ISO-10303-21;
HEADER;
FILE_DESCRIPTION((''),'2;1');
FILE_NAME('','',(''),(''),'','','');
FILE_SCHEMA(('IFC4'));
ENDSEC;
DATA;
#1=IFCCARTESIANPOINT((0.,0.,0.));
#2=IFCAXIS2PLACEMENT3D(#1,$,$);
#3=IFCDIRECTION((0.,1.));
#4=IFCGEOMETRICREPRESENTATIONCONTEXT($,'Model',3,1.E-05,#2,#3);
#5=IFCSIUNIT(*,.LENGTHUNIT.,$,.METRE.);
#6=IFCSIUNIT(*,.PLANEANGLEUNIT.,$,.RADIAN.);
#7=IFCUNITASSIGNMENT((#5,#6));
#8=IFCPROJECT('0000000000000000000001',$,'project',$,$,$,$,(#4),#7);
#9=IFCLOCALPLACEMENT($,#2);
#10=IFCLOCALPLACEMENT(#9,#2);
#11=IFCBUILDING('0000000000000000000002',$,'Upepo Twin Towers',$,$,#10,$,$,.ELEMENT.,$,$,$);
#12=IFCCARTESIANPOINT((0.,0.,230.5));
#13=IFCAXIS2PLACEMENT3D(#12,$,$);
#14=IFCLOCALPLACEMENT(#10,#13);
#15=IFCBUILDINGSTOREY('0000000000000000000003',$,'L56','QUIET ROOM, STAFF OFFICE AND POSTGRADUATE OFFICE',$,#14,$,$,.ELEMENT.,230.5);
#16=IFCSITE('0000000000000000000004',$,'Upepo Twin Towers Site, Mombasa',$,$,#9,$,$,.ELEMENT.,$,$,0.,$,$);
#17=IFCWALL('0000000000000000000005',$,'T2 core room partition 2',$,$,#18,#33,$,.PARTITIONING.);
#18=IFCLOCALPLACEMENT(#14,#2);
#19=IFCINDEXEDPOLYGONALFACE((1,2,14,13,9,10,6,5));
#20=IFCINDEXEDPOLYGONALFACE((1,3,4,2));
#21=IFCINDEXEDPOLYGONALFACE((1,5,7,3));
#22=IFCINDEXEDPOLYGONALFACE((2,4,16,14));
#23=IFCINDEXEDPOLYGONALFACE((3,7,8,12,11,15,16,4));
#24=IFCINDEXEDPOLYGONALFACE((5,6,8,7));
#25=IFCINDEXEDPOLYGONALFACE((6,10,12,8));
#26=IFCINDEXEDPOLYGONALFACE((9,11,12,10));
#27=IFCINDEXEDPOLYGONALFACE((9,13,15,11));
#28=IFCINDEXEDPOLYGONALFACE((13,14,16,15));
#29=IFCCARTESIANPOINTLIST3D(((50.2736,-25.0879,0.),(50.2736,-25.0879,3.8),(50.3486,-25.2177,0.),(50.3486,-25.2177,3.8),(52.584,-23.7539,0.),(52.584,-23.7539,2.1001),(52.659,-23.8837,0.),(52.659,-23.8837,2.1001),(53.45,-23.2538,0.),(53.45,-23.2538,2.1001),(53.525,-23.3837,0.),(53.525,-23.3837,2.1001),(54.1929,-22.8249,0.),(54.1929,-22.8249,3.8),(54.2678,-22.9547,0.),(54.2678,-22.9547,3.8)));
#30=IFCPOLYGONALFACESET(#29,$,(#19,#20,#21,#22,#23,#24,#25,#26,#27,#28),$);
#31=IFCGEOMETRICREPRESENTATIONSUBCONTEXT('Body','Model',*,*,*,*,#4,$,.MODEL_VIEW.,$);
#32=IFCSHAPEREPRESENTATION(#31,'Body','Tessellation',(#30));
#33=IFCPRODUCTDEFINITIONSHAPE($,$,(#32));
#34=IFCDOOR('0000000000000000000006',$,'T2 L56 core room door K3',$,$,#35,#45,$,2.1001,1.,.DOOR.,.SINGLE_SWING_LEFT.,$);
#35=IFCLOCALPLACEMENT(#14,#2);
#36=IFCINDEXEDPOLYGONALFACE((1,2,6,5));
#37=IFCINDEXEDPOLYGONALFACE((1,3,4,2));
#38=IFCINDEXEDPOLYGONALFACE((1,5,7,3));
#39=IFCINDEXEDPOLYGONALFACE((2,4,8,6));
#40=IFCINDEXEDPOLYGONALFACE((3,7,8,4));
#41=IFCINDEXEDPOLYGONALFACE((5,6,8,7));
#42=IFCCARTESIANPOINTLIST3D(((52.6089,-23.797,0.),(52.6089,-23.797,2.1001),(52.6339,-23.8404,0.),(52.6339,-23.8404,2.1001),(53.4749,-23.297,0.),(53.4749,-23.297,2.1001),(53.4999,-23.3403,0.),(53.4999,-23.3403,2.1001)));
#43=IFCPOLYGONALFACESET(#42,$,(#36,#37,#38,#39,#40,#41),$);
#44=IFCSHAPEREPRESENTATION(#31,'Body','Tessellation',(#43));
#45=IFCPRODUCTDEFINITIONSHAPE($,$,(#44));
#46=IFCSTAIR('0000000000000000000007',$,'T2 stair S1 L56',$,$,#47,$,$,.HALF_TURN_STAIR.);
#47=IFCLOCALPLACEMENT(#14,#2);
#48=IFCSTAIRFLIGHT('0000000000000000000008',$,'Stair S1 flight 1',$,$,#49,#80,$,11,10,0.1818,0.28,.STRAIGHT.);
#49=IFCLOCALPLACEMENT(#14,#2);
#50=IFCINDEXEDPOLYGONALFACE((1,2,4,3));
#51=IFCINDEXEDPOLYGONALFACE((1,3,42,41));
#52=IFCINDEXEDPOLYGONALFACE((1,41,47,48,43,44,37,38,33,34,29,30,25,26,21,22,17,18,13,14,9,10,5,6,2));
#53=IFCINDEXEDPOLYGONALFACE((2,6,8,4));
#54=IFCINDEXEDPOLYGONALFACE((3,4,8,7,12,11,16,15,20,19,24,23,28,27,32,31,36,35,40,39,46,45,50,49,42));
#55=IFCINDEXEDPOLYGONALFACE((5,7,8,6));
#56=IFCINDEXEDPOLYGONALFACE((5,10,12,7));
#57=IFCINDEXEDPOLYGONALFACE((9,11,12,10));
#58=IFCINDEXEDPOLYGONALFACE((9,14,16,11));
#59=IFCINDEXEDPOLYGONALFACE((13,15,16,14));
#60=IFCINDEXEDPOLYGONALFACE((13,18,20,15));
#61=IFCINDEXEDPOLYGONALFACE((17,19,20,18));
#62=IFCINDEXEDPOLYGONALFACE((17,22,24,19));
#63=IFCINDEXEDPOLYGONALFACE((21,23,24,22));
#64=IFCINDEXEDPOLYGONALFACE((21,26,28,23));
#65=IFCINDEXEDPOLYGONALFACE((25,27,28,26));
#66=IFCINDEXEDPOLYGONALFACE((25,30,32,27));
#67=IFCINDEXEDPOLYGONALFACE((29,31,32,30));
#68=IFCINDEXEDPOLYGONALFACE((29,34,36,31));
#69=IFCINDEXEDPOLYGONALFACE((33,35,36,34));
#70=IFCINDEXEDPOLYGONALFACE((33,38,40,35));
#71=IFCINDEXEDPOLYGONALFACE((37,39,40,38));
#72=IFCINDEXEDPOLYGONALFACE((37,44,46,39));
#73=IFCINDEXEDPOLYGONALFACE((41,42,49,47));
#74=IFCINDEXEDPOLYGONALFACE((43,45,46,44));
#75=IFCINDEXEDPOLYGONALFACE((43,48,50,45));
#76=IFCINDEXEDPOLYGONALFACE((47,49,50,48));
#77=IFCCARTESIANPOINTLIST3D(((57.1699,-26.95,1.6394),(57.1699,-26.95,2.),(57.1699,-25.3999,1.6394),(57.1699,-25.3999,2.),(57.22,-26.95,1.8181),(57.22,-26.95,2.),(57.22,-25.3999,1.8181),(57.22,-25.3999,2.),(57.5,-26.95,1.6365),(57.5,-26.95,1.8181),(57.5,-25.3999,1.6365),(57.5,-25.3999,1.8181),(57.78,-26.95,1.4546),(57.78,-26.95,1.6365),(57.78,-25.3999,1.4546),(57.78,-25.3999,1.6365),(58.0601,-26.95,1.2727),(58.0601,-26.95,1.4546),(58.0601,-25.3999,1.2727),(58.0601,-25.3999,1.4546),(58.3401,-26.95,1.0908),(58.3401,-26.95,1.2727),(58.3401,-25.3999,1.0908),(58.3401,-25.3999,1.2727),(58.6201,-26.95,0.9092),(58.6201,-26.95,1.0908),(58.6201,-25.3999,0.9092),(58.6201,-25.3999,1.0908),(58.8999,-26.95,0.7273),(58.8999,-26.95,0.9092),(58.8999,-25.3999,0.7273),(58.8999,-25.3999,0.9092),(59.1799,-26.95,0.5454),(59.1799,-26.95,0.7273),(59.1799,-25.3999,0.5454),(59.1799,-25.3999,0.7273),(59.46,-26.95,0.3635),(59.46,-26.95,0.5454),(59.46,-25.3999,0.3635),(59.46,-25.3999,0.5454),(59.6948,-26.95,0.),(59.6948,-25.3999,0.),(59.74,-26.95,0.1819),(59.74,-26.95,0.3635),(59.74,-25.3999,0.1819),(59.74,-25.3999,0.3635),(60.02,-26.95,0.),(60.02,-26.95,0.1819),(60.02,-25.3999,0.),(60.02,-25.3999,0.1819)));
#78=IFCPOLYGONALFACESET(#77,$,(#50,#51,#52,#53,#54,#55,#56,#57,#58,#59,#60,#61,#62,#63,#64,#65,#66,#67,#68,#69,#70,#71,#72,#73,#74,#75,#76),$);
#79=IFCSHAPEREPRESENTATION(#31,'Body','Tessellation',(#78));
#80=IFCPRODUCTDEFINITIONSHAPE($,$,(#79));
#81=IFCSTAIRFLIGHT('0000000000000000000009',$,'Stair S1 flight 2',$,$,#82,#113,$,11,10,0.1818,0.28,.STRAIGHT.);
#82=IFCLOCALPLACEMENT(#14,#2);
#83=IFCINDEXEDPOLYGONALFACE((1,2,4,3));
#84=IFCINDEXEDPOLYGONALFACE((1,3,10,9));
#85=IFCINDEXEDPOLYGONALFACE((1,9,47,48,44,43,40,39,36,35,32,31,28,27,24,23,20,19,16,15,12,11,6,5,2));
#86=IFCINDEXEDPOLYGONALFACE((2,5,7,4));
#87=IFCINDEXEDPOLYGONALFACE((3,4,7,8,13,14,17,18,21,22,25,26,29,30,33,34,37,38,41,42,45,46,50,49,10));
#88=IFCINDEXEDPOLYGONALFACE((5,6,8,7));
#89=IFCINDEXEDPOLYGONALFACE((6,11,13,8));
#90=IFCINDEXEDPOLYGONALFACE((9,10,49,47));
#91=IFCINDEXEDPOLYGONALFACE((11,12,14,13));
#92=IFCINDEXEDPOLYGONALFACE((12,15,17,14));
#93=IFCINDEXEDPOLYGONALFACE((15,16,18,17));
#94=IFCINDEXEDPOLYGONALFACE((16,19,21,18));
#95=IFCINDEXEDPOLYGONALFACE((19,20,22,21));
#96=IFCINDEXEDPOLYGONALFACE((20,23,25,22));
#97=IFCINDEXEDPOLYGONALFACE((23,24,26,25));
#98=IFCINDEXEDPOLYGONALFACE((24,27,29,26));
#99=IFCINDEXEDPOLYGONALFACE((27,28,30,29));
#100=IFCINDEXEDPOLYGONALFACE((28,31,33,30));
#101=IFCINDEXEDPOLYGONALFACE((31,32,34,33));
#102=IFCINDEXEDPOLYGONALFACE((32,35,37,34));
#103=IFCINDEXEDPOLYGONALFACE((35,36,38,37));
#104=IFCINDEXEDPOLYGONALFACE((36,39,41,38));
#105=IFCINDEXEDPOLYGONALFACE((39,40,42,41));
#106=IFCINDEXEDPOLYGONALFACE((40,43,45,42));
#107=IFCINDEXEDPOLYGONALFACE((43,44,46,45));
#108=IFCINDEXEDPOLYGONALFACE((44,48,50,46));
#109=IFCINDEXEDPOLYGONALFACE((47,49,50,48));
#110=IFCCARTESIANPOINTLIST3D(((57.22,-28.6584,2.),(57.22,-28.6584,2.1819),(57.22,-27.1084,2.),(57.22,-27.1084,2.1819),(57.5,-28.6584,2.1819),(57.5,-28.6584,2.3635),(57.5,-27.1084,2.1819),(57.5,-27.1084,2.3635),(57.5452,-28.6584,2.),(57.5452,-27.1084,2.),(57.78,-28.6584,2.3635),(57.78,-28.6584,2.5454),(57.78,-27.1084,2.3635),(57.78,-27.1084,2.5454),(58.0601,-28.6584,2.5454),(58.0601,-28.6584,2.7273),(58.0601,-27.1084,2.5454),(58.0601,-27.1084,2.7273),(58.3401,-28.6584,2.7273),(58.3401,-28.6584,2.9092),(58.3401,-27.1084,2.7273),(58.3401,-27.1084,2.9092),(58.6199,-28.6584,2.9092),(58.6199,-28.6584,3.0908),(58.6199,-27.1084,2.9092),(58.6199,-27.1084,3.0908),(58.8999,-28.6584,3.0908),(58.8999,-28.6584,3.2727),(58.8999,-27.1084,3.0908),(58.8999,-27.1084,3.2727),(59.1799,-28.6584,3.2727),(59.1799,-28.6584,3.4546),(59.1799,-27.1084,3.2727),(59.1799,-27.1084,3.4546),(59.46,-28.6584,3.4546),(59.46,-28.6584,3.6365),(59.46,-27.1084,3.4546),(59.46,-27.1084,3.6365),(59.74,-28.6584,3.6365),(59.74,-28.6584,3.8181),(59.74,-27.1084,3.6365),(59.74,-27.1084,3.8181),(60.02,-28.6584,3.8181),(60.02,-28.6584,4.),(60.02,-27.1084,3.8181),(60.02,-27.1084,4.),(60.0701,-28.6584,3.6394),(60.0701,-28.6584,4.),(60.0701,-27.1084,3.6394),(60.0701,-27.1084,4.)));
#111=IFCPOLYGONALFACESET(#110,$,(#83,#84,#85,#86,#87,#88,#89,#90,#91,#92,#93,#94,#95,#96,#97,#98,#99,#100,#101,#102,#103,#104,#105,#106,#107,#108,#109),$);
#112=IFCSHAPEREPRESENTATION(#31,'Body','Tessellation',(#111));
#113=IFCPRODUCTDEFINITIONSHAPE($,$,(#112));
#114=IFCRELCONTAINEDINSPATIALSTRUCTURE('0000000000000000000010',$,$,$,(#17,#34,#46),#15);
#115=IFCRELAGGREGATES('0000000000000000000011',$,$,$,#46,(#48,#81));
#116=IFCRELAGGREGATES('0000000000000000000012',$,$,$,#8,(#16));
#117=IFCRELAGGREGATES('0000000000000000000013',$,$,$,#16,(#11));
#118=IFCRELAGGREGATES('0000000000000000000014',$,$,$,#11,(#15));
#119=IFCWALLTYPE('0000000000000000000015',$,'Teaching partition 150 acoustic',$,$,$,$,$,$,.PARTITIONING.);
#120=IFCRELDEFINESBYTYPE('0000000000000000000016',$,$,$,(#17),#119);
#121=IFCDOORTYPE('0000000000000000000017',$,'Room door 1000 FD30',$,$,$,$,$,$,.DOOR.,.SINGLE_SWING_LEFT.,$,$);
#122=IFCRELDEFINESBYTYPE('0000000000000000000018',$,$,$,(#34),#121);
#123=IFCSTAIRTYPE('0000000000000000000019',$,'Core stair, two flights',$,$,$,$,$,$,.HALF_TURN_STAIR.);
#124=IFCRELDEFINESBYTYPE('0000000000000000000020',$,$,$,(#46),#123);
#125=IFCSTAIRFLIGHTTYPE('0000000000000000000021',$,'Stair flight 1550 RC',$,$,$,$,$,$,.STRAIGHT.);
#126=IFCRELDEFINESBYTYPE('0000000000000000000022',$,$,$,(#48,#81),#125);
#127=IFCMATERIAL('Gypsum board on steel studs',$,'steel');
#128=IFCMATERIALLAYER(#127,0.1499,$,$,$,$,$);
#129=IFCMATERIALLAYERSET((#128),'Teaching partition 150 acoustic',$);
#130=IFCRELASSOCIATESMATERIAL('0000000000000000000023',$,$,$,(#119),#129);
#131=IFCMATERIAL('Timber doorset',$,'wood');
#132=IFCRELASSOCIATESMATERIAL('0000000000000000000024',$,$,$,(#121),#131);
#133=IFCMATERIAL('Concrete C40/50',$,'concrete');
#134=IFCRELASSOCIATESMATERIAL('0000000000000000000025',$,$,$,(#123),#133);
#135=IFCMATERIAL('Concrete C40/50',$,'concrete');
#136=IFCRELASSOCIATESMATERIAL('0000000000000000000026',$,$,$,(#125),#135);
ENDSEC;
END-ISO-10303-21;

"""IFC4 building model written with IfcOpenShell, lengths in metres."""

from ifc_helpers import new_model, si_unit, direction, frame, frame_2d, origin, place, context, subcontext, project, spatial, polyline, rectangle, outline, extrude, material, layer, layer_set, type_object, element, fill, aggregate, save


model = new_model("IFC4")

# Units and contexts
model_context = context("Model", 3, precision=1e-05, world=origin(), true_north=direction((0.0, 1.0)))
body_context = subcontext(model_context, "Body", "Model", "MODEL_VIEW")
ifc_project = project(units=[si_unit("LENGTHUNIT", "METRE"), si_unit("PLANEANGLEUNIT", "RADIAN")], contexts=[model_context])

# Site, building, storey
site_placement = place(None, origin())
site = spatial("IfcSite", under=ifc_project, at=site_placement, Name="Upepo Twin Towers Site, Mombasa", CompositionType="ELEMENT", RefElevation=0.0)
building_placement = place(site_placement, origin())
building = spatial("IfcBuilding", under=site, at=building_placement, Name="Upepo Twin Towers", CompositionType="ELEMENT")
storey_placement = place(building_placement, frame((0.0, 0.0, 230.5)))
storey = spatial("IfcBuildingStorey", under=building, at=storey_placement, Name="L56", Description="QUIET ROOM, STAFF OFFICE AND POSTGRADUATE OFFICE", CompositionType="ELEMENT", Elevation=230.5)

# Wall, opening, door
ifc_material_1 = material(Name="Gypsum board on steel studs", Category="steel")
ifc_layer_1 = layer(ifc_material_1, 0.1499)
ifc_layer_set_1 = layer_set([ifc_layer_1], Name="Teaching partition 150 acoustic")
wall_type_1 = type_object("IfcWallType", Name="Teaching partition 150 acoustic", PredefinedType="PARTITIONING", material=ifc_layer_set_1)
wall_1_placement = place(storey_placement, frame((54.2302, -22.8899, 0.0), z_axis=(0.0, 0.0, 1.0), x_axis=(-0.866007, -0.500032, 0.0)))
wall_1 = element("IfcWall", 1, at=wall_1_placement, inside=storey, type_object=wall_type_1, Name="T2 core room partition 2", PredefinedType="PARTITIONING", context=body_context, shape_type="SweptSolid", body=[
    extrude(rectangle(XDim=4.5256, YDim=0.1499, at=frame_2d((2.2627, 0.0))), origin(), (0.0, 0.0, 1.0), 3.8),
])
opening_1_placement = place(wall_1_placement, frame((0.8577, 0.0, 0.0)))
opening_1 = element("IfcOpeningElement", 2, at=opening_1_placement, cuts=wall_1, PredefinedType="OPENING", context=body_context, shape_type="SweptSolid", body=[
    extrude(rectangle(XDim=1.0, YDim=2.1001, at=frame_2d((0.5, 1.05))), frame((0.0, 0.085, 0.0), z_axis=(0.0, -1.0, 0.0), x_axis=(1.0, 0.0, 0.0)), (0.0, 0.0, 1.0), 0.1699),
])
ifc_material_2 = material(Name="Timber doorset", Category="wood")
door_type_1 = type_object("IfcDoorType", Name="Room door 1000 FD30", OperationType="SINGLE_SWING_LEFT", PredefinedType="DOOR", material=ifc_material_2)
door_1_placement = place(opening_1_placement, origin())
door_1 = element("IfcDoor", 3, at=door_1_placement, inside=storey, type_object=door_type_1, Name="T2 L56 core room door K3", OperationType="SINGLE_SWING_LEFT", OverallHeight=2.1001, OverallWidth=1.0, PredefinedType="DOOR", context=body_context, shape_type="SweptSolid", body=[
    extrude(rectangle(XDim=1.0, YDim=2.1001, at=frame_2d((0.5, 1.05))), frame((0.0, 0.0249, 0.0), z_axis=(0.0, -1.0, 0.0), x_axis=(1.0, 0.0, 0.0)), (0.0, 0.0, 1.0), 0.05),
])
fill(opening_1, door_1)

# Stair, stair flights
ifc_material_3 = material(Name="Concrete C40/50", Category="concrete")
stair_type = type_object("IfcStairType", Name="Core stair, two flights", PredefinedType="HALF_TURN_STAIR", material=ifc_material_3)
stair_placement = place(storey_placement, origin())
stair = element("IfcStair", 4, at=stair_placement, inside=storey, type_object=stair_type, Name="T2 stair S1 L56", PredefinedType="HALF_TURN_STAIR")
ifc_material_4 = material(Name="Concrete C40/50", Category="concrete")
stair_flight_type = type_object("IfcStairFlightType", Name="Stair flight 1550 RC", PredefinedType="STRAIGHT", material=ifc_material_4)
stair_flight_1_placement = place(storey_placement, frame((60.02, -26.175, 0.0), z_axis=(0.0, 0.0, 1.0), x_axis=(-1.0, 0.0, 0.0)))
stair_flight_1 = element("IfcStairFlight", 5, at=stair_flight_1_placement, type_object=stair_flight_type, Name="Stair S1 flight 1", NumberOfRisers=11, NumberOfTreads=10, PredefinedType="STRAIGHT", RiserHeight=0.1818, TreadLength=0.28, context=body_context, shape_type="SweptSolid", body=[
    extrude(outline(polyline([(0.0, 0.0), (0.0, 0.1819), (0.28, 0.1819), (0.28, 0.3635), (0.5601, 0.3635), (0.5601, 0.5454), (0.8401, 0.5454), (0.8401, 0.7273), (1.1201, 0.7273), (1.1201, 0.9092), (1.3999, 0.9092), (1.3999, 1.0908), (1.6799, 1.0908), (1.6799, 1.2727), (1.96, 1.2727), (1.96, 1.4546), (2.24, 1.4546), (2.24, 1.6365), (2.52, 1.6365), (2.52, 1.8181), (2.8, 1.8181), (2.8, 2.0), (2.8501, 2.0), (2.8501, 1.6394), (0.3252, 0.0), (0.0, 0.0)])), frame((0.0, 0.7749, 0.0), z_axis=(0.0, -1.0, 0.0), x_axis=(1.0, 0.0, 0.0)), (0.0, 0.0, 1.0), 1.55),
])
stair_flight_2_placement = place(storey_placement, frame((57.22, -27.8833, 2.0), z_axis=(0.0, 0.0, 1.0), x_axis=(1.0, 0.0, 0.0)))
stair_flight_2 = element("IfcStairFlight", 6, at=stair_flight_2_placement, type_object=stair_flight_type, Name="Stair S1 flight 2", NumberOfRisers=11, NumberOfTreads=10, PredefinedType="STRAIGHT", RiserHeight=0.1818, TreadLength=0.28, context=body_context, shape_type="SweptSolid", body=[
    extrude(outline(polyline([(0.0, 0.0), (0.0, 0.1819), (0.28, 0.1819), (0.28, 0.3635), (0.5601, 0.3635), (0.5601, 0.5454), (0.8401, 0.5454), (0.8401, 0.7273), (1.1201, 0.7273), (1.1201, 0.9092), (1.3999, 0.9092), (1.3999, 1.0908), (1.6799, 1.0908), (1.6799, 1.2727), (1.96, 1.2727), (1.96, 1.4546), (2.24, 1.4546), (2.24, 1.6365), (2.52, 1.6365), (2.52, 1.8181), (2.8, 1.8181), (2.8, 2.0), (2.8501, 2.0), (2.8501, 1.6394), (0.3252, 0.0), (0.0, 0.0)])), frame((0.0, 0.7749, 0.0), z_axis=(0.0, -1.0, 0.0), x_axis=(1.0, 0.0, 0.0)), (0.0, 0.0, 1.0), 1.55),
])
aggregate(stair, [stair_flight_1, stair_flight_2])

save(model, "model.ifc")
